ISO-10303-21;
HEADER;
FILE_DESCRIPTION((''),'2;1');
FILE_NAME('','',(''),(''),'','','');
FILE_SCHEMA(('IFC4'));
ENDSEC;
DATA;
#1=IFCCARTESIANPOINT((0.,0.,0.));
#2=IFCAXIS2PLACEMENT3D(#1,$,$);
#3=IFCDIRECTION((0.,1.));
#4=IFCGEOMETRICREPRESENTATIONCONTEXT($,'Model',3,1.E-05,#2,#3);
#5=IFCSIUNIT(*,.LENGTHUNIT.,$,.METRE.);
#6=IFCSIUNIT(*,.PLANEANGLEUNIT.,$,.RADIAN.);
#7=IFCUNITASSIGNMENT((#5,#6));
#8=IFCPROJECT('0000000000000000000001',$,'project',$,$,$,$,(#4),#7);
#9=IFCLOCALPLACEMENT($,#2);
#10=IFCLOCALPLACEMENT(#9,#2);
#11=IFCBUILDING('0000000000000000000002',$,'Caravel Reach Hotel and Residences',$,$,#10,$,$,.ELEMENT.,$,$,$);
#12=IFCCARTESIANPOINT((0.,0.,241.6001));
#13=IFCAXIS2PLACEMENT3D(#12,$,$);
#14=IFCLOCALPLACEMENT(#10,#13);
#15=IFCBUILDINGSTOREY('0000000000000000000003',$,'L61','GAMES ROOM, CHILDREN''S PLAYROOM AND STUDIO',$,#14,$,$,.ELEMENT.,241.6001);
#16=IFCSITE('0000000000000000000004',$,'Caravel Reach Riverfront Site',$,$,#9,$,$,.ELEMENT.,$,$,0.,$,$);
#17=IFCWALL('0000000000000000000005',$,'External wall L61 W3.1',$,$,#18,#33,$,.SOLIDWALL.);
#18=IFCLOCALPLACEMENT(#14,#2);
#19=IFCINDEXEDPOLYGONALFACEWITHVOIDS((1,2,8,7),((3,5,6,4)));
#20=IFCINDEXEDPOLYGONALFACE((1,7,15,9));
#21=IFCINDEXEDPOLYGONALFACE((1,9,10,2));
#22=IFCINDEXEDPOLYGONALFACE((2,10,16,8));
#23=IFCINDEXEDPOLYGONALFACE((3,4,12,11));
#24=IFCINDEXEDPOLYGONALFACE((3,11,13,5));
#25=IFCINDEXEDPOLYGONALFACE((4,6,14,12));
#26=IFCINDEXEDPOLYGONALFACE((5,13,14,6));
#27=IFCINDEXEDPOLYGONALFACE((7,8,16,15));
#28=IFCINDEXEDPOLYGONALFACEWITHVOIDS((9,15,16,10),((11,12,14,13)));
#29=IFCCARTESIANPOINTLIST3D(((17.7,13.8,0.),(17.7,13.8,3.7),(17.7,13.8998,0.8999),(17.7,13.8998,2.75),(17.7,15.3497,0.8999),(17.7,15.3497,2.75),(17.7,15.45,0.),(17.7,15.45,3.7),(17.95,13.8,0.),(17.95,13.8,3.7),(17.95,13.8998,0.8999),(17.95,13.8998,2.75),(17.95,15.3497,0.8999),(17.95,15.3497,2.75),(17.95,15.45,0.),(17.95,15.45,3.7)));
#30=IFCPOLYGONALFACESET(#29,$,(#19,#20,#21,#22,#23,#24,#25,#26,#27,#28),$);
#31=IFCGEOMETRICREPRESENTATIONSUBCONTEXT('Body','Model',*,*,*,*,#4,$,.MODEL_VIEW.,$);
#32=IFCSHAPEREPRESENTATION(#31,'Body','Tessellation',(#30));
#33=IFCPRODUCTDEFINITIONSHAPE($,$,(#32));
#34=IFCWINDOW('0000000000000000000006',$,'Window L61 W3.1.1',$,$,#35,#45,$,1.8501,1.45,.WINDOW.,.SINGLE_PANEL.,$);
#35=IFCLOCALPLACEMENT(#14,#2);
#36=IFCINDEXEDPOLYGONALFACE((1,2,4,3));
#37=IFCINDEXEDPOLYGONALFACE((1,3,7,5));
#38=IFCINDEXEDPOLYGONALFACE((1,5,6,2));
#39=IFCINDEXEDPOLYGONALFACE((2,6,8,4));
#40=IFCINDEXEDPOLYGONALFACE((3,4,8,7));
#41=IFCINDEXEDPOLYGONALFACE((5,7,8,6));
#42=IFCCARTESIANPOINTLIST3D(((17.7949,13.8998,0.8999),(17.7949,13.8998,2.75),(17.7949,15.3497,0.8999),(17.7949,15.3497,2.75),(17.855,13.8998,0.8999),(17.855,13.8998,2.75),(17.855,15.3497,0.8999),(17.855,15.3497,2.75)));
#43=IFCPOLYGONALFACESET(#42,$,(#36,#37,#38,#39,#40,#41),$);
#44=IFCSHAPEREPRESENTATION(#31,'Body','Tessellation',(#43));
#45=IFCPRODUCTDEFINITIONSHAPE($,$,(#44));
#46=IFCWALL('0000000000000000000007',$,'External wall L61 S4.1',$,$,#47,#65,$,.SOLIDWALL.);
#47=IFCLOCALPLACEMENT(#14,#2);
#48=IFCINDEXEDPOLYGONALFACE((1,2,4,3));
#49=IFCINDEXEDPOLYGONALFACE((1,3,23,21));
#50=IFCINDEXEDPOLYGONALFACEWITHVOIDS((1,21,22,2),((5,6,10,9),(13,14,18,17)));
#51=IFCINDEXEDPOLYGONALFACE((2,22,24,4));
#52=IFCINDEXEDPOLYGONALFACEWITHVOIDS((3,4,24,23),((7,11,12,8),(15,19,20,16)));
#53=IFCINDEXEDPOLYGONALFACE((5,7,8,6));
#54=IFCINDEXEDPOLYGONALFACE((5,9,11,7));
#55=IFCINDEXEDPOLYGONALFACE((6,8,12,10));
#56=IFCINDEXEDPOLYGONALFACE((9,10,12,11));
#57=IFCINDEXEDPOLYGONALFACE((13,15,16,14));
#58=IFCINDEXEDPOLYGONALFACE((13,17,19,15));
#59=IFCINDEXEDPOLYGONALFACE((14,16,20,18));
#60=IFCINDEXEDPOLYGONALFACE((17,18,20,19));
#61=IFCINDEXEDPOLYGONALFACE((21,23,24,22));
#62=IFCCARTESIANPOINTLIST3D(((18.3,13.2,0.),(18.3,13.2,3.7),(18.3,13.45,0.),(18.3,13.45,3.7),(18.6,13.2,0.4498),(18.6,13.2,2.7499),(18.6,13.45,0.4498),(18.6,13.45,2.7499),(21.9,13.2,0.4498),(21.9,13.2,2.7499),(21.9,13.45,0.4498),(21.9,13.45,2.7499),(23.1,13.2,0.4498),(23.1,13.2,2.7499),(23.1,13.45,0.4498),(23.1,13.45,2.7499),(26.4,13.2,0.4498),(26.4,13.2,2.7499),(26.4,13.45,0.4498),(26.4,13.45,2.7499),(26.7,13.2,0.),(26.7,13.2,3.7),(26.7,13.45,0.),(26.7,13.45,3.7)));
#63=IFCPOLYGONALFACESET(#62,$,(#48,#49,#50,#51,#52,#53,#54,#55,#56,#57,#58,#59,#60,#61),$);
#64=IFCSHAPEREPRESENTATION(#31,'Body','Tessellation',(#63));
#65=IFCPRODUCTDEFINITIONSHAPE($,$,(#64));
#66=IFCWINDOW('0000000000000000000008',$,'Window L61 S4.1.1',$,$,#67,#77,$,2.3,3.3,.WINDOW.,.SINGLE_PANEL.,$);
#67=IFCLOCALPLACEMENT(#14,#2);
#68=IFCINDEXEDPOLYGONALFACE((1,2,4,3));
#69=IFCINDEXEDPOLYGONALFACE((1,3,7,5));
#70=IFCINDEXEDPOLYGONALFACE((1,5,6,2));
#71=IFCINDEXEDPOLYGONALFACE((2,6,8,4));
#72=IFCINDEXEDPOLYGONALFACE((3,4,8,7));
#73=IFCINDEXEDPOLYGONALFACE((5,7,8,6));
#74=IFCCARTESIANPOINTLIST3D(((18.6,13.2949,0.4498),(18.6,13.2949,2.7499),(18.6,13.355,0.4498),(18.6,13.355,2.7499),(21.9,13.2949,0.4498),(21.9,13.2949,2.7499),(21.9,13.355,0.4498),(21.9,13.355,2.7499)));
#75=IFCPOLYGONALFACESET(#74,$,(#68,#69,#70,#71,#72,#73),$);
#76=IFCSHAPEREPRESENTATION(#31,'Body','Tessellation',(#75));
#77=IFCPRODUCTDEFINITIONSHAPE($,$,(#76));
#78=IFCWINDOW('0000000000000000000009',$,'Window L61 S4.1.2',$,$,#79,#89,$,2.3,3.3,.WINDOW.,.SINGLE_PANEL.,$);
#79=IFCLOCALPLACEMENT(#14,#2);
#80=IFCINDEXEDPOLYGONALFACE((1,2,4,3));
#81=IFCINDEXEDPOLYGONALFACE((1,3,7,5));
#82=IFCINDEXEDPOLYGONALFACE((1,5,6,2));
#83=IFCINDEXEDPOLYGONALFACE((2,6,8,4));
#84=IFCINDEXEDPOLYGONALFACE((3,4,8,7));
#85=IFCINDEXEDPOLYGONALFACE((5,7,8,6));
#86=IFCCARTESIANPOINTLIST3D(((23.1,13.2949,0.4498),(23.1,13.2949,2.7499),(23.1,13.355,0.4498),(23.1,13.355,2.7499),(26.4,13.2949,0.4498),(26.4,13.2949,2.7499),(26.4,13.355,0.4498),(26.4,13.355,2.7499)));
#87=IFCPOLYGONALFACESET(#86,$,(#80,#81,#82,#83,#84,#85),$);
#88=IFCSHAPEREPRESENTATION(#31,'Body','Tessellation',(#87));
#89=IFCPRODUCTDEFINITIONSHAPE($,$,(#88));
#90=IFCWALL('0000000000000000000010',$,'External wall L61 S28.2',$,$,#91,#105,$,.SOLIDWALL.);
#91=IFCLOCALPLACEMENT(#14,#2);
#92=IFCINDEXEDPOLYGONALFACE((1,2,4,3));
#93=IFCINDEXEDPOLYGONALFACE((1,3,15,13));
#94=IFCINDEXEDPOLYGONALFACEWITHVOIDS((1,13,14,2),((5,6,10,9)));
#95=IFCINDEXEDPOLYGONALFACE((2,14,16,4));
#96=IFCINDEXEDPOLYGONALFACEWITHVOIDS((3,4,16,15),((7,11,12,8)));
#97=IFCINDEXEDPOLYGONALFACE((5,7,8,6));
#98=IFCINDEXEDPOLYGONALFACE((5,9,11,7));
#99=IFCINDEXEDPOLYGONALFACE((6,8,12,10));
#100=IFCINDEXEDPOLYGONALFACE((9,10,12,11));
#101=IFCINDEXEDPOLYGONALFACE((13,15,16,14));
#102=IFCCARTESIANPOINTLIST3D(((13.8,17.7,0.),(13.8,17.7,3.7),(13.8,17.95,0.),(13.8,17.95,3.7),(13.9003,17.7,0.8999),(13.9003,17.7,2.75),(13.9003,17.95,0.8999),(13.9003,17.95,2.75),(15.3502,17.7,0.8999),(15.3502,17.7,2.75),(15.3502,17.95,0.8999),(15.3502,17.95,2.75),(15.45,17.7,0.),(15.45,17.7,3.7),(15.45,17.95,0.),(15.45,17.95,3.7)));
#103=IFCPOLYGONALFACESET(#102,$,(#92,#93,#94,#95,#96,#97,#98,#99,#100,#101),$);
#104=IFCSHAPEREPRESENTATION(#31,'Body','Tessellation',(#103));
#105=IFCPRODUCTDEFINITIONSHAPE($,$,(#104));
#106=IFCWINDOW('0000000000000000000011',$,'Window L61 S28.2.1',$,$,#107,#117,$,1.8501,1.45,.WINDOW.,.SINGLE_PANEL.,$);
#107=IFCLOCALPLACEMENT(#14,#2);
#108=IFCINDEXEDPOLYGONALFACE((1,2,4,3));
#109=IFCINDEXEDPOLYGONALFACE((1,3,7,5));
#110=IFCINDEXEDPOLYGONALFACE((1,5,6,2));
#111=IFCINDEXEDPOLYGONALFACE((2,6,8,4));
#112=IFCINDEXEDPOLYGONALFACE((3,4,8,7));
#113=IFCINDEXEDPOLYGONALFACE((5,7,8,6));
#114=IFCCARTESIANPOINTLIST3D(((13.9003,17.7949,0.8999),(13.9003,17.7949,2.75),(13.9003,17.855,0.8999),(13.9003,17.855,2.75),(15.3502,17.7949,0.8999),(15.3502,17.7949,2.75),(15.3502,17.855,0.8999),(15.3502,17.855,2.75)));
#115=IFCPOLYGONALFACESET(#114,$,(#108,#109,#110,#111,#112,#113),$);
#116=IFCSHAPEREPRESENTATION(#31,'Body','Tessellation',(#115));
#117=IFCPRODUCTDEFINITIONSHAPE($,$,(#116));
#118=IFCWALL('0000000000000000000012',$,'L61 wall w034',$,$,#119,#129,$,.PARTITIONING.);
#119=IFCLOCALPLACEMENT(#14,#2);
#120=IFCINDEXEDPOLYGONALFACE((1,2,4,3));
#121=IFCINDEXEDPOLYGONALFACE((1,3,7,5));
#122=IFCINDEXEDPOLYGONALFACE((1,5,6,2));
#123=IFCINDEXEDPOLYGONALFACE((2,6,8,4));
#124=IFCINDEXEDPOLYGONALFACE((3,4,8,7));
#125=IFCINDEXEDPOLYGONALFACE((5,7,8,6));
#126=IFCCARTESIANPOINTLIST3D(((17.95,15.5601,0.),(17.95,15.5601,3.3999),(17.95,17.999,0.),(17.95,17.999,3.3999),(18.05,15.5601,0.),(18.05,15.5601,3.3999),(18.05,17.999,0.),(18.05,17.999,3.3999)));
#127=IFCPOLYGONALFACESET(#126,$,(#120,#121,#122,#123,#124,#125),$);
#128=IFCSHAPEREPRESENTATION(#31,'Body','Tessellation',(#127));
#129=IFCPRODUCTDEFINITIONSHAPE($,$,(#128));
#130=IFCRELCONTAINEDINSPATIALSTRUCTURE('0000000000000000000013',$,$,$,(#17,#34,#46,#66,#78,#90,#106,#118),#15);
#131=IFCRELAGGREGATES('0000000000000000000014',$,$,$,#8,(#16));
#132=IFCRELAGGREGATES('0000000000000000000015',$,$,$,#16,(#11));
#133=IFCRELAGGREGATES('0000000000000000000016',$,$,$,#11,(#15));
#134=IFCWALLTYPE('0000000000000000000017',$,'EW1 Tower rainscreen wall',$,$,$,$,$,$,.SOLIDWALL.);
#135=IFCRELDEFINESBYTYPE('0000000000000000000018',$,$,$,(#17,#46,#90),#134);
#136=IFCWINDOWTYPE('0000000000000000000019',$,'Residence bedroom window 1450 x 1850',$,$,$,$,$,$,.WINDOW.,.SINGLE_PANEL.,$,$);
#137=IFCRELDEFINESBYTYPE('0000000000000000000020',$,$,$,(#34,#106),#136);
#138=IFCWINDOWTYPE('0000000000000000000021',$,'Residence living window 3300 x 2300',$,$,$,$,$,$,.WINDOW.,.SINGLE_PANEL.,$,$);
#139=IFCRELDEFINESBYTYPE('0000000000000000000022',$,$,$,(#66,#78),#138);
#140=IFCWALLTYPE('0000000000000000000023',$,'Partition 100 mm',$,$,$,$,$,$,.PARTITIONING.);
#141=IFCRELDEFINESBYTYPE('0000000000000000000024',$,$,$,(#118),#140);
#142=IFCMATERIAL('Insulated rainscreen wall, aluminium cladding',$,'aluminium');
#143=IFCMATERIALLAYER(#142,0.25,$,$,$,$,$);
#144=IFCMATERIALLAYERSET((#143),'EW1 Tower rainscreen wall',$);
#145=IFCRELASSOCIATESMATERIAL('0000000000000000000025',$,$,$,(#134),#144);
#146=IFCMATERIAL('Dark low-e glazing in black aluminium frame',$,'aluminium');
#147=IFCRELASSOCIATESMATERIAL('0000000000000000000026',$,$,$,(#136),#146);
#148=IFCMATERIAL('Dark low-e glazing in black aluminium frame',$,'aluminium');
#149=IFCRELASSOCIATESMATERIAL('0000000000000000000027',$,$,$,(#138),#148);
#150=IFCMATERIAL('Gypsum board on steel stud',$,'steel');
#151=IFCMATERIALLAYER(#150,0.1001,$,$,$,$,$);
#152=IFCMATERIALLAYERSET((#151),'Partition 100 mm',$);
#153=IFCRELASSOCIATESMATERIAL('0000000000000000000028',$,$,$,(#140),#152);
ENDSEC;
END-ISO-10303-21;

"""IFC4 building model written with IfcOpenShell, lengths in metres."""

from ifc_helpers import new_model, si_unit, direction, frame, frame_2d, origin, place, context, subcontext, project, spatial, rectangle, extrude, material, layer, layer_set, type_object, element, fill, save


model = new_model("IFC4")

# Units and contexts
model_context = context("Model", 3, precision=1e-05, world=origin(), true_north=direction((0.0, 1.0)))
body_context = subcontext(model_context, "Body", "Model", "MODEL_VIEW")
ifc_project = project(units=[si_unit("LENGTHUNIT", "METRE"), si_unit("PLANEANGLEUNIT", "RADIAN")], contexts=[model_context])

# Site, building, storey
site_placement = place(None, origin())
site = spatial("IfcSite", under=ifc_project, at=site_placement, Name="Caravel Reach Riverfront Site", CompositionType="ELEMENT", RefElevation=0.0)
building_placement = place(site_placement, origin())
building = spatial("IfcBuilding", under=site, at=building_placement, Name="Caravel Reach Hotel and Residences", CompositionType="ELEMENT")
storey_placement = place(building_placement, frame((0.0, 0.0, 241.6001)))
storey = spatial("IfcBuildingStorey", under=building, at=storey_placement, Name="L61", Description="GAMES ROOM, CHILDREN'S PLAYROOM AND STUDIO", CompositionType="ELEMENT", Elevation=241.6001)

# Wall, opening, window
ifc_material_1 = material(Name="Insulated rainscreen wall, aluminium cladding", Category="aluminium")
ifc_layer_1 = layer(ifc_material_1, 0.25)
ifc_layer_set_1 = layer_set([ifc_layer_1], Name="EW1 Tower rainscreen wall")
wall_type_1 = type_object("IfcWallType", Name="EW1 Tower rainscreen wall", PredefinedType="SOLIDWALL", material=ifc_layer_set_1)
ifc_material_2 = material(Name="Dark low-e glazing in black aluminium frame", Category="aluminium")
window_type_1 = type_object("IfcWindowType", Name="Residence bedroom window 1450 x 1850", PartitioningType="SINGLE_PANEL", PredefinedType="WINDOW", material=ifc_material_2)
wall_1_placement = place(storey_placement, frame((17.825, 15.45, 0.0), z_axis=(0.0, 0.0, 1.0), x_axis=(0.0, -1.0, 0.0)))
wall_1 = element("IfcWall", 1, at=wall_1_placement, inside=storey, type_object=wall_type_1, Name="External wall L61 W3.1", PredefinedType="SOLIDWALL", context=body_context, shape_type="SweptSolid", body=[
    extrude(rectangle(XDim=1.6499, YDim=0.25, at=frame_2d((0.825, 0.0))), origin(), (0.0, 0.0, 1.0), 3.7),
])
opening_1_placement = place(wall_1_placement, frame((0.1001, 0.0, 0.8999)))
opening_1 = element("IfcOpeningElement", 2, at=opening_1_placement, cuts=wall_1, PredefinedType="OPENING", context=body_context, shape_type="SweptSolid", body=[
    extrude(rectangle(XDim=1.45, YDim=1.8501, at=frame_2d((0.7251, 0.925))), frame((0.0, 0.135, 0.0), z_axis=(0.0, -1.0, 0.0), x_axis=(1.0, 0.0, 0.0)), (0.0, 0.0, 1.0), 0.27),
])
window_1_placement = place(opening_1_placement, origin())
window_1 = element("IfcWindow", 3, at=window_1_placement, inside=storey, type_object=window_type_1, Name="Window L61 W3.1.1", OverallHeight=1.8501, OverallWidth=1.45, PartitioningType="SINGLE_PANEL", PredefinedType="WINDOW", context=body_context, shape_type="SweptSolid", body=[
    extrude(rectangle(XDim=1.45, YDim=1.8501, at=frame_2d((0.7251, 0.925))), frame((0.0, 0.03, 0.0), z_axis=(0.0, -1.0, 0.0), x_axis=(1.0, 0.0, 0.0)), (0.0, 0.0, 1.0), 0.0601),
])
fill(opening_1, window_1)

# Wall, openings, windows
wall_2_placement = place(storey_placement, frame((18.3, 13.325, 0.0), z_axis=(0.0, 0.0, 1.0), x_axis=(1.0, 0.0, 0.0)))
wall_2 = element("IfcWall", 4, at=wall_2_placement, inside=storey, type_object=wall_type_1, Name="External wall L61 S4.1", PredefinedType="SOLIDWALL", context=body_context, shape_type="SweptSolid", body=[
    extrude(rectangle(XDim=8.3999, YDim=0.25, at=frame_2d((4.2, 0.0))), origin(), (0.0, 0.0, 1.0), 3.7),
])
opening_2_placement = place(wall_2_placement, frame((0.3, 0.0, 0.45)))
opening_2 = element("IfcOpeningElement", 5, at=opening_2_placement, cuts=wall_2, PredefinedType="OPENING", context=body_context, shape_type="SweptSolid", body=[
    extrude(rectangle(XDim=3.3, YDim=2.3, at=frame_2d((1.6499, 1.1499))), frame((0.0, 0.135, 0.0), z_axis=(0.0, -1.0, 0.0), x_axis=(1.0, 0.0, 0.0)), (0.0, 0.0, 1.0), 0.27),
])
opening_3_placement = place(wall_2_placement, frame((4.8, 0.0, 0.45)))
opening_3 = element("IfcOpeningElement", 6, at=opening_3_placement, cuts=wall_2, PredefinedType="OPENING", context=body_context, shape_type="SweptSolid", body=[
    extrude(rectangle(XDim=3.3, YDim=2.3, at=frame_2d((1.6499, 1.1499))), frame((0.0, 0.135, 0.0), z_axis=(0.0, -1.0, 0.0), x_axis=(1.0, 0.0, 0.0)), (0.0, 0.0, 1.0), 0.27),
])
ifc_material_3 = material(Name="Dark low-e glazing in black aluminium frame", Category="aluminium")
window_type_2 = type_object("IfcWindowType", Name="Residence living window 3300 x 2300", PartitioningType="SINGLE_PANEL", PredefinedType="WINDOW", material=ifc_material_3)
window_2_placement = place(opening_2_placement, origin())
window_2 = element("IfcWindow", 7, at=window_2_placement, inside=storey, type_object=window_type_2, Name="Window L61 S4.1.1", OverallHeight=2.3, OverallWidth=3.3, PartitioningType="SINGLE_PANEL", PredefinedType="WINDOW", context=body_context, shape_type="SweptSolid", body=[
    extrude(rectangle(XDim=3.3, YDim=2.3, at=frame_2d((1.6499, 1.1499))), frame((0.0, 0.03, 0.0), z_axis=(0.0, -1.0, 0.0), x_axis=(1.0, 0.0, 0.0)), (0.0, 0.0, 1.0), 0.0601),
])
fill(opening_2, window_2)
window_3_placement = place(opening_3_placement, origin())
window_3 = element("IfcWindow", 8, at=window_3_placement, inside=storey, type_object=window_type_2, Name="Window L61 S4.1.2", OverallHeight=2.3, OverallWidth=3.3, PartitioningType="SINGLE_PANEL", PredefinedType="WINDOW", context=body_context, shape_type="SweptSolid", body=[
    extrude(rectangle(XDim=3.3, YDim=2.3, at=frame_2d((1.6499, 1.1499))), frame((0.0, 0.03, 0.0), z_axis=(0.0, -1.0, 0.0), x_axis=(1.0, 0.0, 0.0)), (0.0, 0.0, 1.0), 0.0601),
])
fill(opening_3, window_3)

# Wall, opening, window
wall_3_placement = place(storey_placement, frame((13.8, 17.825, 0.0), z_axis=(0.0, 0.0, 1.0), x_axis=(1.0, 0.0, 0.0)))
wall_3 = element("IfcWall", 9, at=wall_3_placement, inside=storey, type_object=wall_type_1, Name="External wall L61 S28.2", PredefinedType="SOLIDWALL", context=body_context, shape_type="SweptSolid", body=[
    extrude(rectangle(XDim=1.6499, YDim=0.25, at=frame_2d((0.825, 0.0))), origin(), (0.0, 0.0, 1.0), 3.7),
])
opening_4_placement = place(wall_3_placement, frame((0.1001, 0.0, 0.8999)))
opening_4 = element("IfcOpeningElement", 10, at=opening_4_placement, cuts=wall_3, PredefinedType="OPENING", context=body_context, shape_type="SweptSolid", body=[
    extrude(rectangle(XDim=1.45, YDim=1.8501, at=frame_2d((0.7251, 0.925))), frame((0.0, 0.135, 0.0), z_axis=(0.0, -1.0, 0.0), x_axis=(1.0, 0.0, 0.0)), (0.0, 0.0, 1.0), 0.27),
])
window_4_placement = place(opening_4_placement, origin())
window_4 = element("IfcWindow", 11, at=window_4_placement, inside=storey, type_object=window_type_1, Name="Window L61 S28.2.1", OverallHeight=1.8501, OverallWidth=1.45, PartitioningType="SINGLE_PANEL", PredefinedType="WINDOW", context=body_context, shape_type="SweptSolid", body=[
    extrude(rectangle(XDim=1.45, YDim=1.8501, at=frame_2d((0.7251, 0.925))), frame((0.0, 0.03, 0.0), z_axis=(0.0, -1.0, 0.0), x_axis=(1.0, 0.0, 0.0)), (0.0, 0.0, 1.0), 0.0601),
])
fill(opening_4, window_4)

# Wall
ifc_material_4 = material(Name="Gypsum board on steel stud", Category="steel")
ifc_layer_2 = layer(ifc_material_4, 0.1001)
ifc_layer_set_2 = layer_set([ifc_layer_2], Name="Partition 100 mm")
wall_type_2 = type_object("IfcWallType", Name="Partition 100 mm", PredefinedType="PARTITIONING", material=ifc_layer_set_2)
wall_4_placement = place(storey_placement, frame((18.0, 15.5601, 0.0), z_axis=(0.0, 0.0, 1.0), x_axis=(0.0, 1.0, 0.0)))
element("IfcWall", 12, at=wall_4_placement, inside=storey, type_object=wall_type_2, Name="L61 wall w034", PredefinedType="PARTITIONING", context=body_context, shape_type="SweptSolid", body=[
    extrude(rectangle(XDim=2.439, YDim=0.1001, at=frame_2d((1.2195, 0.0))), origin(), (0.0, 0.0, 1.0), 3.3999),
])

save(model, "model.ifc")
